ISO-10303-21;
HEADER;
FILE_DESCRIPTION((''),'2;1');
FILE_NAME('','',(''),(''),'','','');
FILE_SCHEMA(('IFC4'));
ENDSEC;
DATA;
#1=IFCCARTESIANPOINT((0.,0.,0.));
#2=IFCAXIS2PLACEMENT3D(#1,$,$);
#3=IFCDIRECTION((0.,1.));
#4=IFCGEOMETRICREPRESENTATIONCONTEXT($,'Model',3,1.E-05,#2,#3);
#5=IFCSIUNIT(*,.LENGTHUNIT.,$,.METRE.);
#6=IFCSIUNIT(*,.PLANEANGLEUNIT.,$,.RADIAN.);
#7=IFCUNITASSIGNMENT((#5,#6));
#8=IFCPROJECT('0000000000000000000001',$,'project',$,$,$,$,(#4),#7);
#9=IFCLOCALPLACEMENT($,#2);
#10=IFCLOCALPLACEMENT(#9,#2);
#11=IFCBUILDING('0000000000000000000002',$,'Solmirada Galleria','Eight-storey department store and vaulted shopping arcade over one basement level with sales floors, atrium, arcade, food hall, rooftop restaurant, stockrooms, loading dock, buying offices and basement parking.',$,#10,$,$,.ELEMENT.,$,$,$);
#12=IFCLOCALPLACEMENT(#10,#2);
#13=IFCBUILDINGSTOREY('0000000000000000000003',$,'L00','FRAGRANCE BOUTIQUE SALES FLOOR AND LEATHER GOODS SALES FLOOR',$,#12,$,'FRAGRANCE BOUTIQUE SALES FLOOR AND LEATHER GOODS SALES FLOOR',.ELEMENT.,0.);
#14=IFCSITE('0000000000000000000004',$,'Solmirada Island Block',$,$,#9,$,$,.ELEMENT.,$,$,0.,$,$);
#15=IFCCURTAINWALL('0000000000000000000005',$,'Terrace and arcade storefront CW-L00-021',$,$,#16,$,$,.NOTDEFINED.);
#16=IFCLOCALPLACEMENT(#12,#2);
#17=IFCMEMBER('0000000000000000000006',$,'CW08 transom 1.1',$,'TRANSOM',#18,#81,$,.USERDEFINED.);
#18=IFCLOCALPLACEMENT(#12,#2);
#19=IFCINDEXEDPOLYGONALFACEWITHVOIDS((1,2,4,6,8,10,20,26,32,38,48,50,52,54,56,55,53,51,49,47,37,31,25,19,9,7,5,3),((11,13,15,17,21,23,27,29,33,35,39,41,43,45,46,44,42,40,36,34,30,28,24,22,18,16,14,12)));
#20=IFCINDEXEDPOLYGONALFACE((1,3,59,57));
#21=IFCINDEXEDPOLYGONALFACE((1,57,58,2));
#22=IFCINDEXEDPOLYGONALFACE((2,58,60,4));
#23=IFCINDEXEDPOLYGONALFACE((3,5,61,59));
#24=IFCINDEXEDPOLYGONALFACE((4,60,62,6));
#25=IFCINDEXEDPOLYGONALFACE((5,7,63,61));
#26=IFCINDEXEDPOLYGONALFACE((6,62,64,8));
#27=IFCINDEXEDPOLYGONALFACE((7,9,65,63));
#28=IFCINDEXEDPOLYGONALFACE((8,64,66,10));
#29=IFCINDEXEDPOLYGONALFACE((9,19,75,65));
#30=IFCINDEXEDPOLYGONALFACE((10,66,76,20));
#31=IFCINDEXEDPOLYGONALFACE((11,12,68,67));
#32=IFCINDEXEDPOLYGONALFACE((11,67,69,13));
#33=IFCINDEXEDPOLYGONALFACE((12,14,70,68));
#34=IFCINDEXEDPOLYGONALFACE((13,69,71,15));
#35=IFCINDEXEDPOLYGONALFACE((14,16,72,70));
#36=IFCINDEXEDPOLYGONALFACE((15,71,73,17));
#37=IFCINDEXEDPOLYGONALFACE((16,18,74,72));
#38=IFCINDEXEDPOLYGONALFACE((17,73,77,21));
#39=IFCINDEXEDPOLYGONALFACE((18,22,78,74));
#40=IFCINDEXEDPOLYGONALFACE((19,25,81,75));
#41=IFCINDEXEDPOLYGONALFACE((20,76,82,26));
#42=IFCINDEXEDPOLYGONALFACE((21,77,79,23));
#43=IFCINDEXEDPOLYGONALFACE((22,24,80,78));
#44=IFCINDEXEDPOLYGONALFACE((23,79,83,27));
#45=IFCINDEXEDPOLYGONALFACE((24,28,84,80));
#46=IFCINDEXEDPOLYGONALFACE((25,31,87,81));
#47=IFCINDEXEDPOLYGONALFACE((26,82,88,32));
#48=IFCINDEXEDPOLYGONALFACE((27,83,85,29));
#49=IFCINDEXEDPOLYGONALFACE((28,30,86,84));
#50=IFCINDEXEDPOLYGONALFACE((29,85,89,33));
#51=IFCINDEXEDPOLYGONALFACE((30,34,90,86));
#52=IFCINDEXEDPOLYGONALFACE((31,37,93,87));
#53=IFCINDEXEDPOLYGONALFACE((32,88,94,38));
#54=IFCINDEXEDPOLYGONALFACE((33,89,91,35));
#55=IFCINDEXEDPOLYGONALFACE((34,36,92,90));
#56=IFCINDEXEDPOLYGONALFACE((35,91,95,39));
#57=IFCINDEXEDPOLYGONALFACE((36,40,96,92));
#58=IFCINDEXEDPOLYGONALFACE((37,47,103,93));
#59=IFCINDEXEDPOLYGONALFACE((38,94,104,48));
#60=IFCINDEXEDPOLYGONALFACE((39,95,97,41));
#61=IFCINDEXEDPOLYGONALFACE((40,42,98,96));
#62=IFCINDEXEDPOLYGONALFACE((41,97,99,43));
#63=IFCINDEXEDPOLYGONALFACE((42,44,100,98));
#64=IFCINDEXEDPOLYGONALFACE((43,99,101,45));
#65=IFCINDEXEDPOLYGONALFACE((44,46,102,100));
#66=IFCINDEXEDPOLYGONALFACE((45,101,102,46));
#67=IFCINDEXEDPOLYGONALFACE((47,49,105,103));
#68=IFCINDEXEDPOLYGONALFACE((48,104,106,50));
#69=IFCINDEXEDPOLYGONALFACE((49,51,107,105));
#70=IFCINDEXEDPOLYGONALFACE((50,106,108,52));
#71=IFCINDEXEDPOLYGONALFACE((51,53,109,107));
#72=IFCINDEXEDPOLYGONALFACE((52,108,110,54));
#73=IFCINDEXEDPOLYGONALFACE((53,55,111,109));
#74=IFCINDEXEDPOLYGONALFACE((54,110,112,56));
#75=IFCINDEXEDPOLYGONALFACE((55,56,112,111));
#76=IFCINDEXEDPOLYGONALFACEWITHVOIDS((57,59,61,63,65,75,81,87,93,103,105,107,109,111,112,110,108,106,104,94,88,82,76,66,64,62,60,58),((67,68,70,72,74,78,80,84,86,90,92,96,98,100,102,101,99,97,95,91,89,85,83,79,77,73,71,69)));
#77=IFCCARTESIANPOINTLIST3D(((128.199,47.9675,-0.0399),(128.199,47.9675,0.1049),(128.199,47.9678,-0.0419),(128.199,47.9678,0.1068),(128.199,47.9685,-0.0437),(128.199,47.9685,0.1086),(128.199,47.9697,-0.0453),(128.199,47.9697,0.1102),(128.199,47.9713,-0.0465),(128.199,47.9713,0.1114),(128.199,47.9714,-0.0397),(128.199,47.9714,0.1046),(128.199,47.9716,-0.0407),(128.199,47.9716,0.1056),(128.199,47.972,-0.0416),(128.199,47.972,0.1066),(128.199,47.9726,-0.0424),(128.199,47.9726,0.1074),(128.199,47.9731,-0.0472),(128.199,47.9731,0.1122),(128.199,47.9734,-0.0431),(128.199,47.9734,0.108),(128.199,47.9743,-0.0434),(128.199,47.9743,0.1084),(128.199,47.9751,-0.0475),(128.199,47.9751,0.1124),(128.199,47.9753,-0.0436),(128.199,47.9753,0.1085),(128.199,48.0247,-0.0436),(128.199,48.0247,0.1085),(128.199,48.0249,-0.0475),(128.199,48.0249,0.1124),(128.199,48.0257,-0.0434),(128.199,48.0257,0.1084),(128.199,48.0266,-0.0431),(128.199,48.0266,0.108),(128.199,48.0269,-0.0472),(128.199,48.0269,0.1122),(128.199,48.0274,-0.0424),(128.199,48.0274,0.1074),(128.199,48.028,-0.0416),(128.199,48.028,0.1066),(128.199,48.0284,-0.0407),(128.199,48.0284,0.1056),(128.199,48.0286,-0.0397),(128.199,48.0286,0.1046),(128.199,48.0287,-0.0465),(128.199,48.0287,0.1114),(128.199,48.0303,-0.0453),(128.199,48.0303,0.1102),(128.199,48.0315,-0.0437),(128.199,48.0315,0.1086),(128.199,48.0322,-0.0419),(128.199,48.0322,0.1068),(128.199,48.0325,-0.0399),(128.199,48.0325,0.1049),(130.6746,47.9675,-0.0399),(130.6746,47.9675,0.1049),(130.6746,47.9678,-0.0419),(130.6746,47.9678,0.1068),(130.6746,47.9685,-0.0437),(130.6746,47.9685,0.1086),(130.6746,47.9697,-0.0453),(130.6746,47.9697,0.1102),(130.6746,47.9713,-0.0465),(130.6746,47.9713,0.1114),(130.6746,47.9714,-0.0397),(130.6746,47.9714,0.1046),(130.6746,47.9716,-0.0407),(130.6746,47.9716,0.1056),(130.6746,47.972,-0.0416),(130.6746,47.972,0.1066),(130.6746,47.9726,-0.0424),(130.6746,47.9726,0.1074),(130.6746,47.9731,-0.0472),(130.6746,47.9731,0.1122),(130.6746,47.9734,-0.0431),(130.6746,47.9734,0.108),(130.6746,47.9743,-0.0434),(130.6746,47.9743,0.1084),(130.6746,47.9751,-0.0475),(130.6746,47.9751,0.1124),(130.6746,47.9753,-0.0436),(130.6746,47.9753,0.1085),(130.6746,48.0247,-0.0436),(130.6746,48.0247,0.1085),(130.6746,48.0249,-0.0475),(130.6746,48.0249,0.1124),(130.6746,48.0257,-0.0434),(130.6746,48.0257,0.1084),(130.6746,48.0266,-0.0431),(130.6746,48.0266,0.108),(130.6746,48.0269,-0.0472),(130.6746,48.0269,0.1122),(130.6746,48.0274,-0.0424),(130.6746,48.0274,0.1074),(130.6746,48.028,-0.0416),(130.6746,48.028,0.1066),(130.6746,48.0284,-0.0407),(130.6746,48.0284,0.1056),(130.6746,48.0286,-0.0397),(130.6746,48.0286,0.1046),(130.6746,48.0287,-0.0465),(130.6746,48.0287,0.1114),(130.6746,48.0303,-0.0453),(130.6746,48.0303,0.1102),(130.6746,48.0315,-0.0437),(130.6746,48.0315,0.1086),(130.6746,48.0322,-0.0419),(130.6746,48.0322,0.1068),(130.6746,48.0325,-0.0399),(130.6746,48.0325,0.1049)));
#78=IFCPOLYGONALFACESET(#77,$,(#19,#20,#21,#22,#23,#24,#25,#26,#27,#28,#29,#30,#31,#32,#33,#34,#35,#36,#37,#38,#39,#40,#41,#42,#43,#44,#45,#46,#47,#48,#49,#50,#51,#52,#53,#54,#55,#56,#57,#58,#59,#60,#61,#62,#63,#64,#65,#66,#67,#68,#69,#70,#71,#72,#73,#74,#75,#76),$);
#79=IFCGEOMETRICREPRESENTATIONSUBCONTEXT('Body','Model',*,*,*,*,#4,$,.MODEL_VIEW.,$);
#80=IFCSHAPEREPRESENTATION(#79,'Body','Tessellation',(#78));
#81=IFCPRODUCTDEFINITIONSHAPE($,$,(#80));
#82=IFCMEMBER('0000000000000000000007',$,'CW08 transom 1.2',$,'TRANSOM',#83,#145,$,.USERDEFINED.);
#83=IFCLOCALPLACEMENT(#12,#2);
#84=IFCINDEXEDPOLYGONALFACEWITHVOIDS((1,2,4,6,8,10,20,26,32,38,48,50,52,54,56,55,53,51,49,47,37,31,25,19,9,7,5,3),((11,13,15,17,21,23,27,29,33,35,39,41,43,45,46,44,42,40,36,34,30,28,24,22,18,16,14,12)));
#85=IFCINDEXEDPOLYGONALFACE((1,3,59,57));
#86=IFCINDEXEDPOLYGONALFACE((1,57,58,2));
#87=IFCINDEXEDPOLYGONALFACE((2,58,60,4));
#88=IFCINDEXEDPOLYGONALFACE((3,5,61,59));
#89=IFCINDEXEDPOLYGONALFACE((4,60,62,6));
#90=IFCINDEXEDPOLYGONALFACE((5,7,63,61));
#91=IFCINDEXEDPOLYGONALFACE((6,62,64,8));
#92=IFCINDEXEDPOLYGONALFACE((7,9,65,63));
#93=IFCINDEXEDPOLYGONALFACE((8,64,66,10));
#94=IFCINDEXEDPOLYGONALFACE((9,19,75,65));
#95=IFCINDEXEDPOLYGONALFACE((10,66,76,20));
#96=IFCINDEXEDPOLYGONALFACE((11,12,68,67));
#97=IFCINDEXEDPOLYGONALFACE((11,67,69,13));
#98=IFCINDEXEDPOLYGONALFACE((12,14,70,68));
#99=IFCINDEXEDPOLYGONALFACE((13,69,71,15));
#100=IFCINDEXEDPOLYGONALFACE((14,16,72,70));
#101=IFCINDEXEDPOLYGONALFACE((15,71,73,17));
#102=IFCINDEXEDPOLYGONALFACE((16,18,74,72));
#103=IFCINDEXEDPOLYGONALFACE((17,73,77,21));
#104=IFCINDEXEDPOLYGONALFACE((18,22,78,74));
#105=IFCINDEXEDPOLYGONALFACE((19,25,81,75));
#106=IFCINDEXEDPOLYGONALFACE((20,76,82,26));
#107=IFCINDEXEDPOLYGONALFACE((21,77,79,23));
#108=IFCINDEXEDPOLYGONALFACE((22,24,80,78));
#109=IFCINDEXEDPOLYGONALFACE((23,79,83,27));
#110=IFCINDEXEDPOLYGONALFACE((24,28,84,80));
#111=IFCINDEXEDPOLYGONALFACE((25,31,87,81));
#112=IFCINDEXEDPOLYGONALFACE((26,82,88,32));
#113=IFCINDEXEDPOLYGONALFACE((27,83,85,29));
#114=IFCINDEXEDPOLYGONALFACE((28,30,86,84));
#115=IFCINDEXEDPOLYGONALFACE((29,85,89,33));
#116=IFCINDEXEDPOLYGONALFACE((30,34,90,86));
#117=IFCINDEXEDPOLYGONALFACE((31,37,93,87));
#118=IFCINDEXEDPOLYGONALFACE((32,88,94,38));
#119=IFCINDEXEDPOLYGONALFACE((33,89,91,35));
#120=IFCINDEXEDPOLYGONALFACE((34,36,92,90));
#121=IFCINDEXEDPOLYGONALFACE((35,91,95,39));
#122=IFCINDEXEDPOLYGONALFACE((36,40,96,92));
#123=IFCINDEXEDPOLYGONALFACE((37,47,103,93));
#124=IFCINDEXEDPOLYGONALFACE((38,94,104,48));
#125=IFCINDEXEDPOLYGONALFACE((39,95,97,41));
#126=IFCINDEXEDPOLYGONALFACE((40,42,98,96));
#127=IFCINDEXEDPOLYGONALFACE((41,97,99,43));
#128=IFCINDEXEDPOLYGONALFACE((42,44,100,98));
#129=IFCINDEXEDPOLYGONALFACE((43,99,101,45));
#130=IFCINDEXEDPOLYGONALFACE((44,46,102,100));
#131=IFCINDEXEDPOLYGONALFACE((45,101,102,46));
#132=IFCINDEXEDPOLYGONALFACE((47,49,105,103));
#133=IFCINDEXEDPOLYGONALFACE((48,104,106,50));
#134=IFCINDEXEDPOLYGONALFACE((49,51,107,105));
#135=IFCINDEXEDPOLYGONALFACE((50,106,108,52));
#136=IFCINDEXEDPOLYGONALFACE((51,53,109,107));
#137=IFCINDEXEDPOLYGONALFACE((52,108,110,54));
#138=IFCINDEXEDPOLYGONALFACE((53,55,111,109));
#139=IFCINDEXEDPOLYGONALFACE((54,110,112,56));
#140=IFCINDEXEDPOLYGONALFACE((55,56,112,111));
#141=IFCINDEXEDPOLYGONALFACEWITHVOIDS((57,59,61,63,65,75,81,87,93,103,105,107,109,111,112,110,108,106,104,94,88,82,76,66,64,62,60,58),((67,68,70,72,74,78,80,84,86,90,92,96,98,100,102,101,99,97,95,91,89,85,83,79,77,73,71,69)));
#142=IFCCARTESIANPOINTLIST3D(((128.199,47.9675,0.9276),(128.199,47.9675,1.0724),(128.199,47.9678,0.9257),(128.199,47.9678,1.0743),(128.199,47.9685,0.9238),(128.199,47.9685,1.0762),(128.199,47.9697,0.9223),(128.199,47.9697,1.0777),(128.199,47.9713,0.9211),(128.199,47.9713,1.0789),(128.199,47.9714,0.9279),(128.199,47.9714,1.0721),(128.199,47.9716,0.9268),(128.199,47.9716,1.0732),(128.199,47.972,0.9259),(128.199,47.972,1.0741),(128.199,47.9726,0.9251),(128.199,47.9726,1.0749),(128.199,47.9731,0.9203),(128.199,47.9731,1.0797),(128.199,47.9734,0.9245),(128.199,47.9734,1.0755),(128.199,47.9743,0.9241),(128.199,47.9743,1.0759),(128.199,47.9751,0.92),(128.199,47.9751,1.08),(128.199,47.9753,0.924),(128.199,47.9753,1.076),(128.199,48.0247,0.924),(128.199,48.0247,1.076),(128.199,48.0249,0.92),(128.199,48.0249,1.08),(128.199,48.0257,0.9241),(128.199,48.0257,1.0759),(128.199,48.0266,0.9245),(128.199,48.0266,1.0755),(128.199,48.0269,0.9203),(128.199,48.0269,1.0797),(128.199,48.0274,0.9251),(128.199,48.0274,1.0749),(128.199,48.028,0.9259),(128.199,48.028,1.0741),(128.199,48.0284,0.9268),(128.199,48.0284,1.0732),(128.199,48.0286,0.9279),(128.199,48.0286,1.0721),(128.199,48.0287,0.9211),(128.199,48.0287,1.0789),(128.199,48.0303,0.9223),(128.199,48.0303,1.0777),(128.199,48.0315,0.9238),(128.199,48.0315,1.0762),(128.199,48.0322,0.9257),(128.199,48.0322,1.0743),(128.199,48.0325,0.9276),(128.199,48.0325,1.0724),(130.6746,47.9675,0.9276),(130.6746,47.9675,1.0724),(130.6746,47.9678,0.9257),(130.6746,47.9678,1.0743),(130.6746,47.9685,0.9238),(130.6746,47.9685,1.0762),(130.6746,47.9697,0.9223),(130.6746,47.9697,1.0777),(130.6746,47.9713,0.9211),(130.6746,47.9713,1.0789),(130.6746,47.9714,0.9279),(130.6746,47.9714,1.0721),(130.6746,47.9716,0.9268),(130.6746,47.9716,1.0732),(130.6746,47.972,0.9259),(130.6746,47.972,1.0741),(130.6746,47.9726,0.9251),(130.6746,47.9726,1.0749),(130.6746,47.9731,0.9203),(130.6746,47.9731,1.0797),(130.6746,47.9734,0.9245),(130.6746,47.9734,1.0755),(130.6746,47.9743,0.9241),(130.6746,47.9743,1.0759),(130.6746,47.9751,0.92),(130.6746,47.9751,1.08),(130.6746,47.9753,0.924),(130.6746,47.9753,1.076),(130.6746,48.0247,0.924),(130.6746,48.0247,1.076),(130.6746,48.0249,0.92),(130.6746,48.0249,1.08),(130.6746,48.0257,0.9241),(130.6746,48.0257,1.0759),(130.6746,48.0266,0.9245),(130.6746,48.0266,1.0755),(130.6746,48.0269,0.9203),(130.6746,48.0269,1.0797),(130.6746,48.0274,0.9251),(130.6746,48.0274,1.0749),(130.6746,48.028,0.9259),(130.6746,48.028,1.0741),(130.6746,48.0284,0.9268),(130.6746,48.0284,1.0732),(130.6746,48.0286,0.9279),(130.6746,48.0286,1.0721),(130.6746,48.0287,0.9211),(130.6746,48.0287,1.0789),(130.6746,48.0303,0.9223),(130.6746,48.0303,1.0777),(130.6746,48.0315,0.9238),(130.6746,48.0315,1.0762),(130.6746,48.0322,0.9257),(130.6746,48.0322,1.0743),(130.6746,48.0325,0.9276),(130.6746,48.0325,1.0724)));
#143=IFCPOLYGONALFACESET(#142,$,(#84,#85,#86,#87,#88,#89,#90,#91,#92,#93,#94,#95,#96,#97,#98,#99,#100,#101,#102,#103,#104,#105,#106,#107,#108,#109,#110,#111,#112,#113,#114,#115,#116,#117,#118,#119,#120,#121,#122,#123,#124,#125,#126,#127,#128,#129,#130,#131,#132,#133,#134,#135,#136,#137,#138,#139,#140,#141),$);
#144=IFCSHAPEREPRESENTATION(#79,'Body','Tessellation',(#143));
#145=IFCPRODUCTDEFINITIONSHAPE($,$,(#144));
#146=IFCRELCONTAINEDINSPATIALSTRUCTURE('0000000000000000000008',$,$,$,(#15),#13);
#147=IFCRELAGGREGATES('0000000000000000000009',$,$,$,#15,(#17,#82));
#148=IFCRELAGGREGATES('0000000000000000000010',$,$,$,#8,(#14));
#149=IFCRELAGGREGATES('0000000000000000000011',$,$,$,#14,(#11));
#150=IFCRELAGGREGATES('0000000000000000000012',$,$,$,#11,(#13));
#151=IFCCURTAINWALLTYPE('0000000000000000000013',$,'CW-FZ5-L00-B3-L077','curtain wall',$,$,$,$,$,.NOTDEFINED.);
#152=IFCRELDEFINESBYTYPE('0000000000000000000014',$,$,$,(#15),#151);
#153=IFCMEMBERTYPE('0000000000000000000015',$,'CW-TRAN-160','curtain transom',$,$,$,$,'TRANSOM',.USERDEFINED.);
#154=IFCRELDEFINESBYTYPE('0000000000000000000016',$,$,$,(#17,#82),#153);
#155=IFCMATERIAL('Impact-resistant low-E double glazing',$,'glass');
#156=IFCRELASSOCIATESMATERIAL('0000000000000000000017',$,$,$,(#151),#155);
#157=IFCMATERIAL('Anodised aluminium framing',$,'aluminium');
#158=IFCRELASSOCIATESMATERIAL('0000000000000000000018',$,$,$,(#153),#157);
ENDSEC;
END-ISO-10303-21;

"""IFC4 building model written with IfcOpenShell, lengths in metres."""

from ifc_helpers import new_model, si_unit, direction, frame, origin, origin_2d, place, context, subcontext, project, spatial, hollow_rectangle, extrude, material, material_profile, profile_set, type_object, element, aggregate, save


model = new_model("IFC4")

# Units and contexts
model_context = context("Model", 3, precision=1e-05, world=origin(), true_north=direction((0.0, 1.0)))
body_context = subcontext(model_context, "Body", "Model", "MODEL_VIEW")
ifc_project = project(units=[si_unit("LENGTHUNIT", "METRE"), si_unit("PLANEANGLEUNIT", "RADIAN")], contexts=[model_context])

# Site, building, storey
site_placement = place(None, origin())
site = spatial("IfcSite", under=ifc_project, at=site_placement, Name="Solmirada Island Block", CompositionType="ELEMENT", RefElevation=0.0)
building_placement = place(site_placement, origin())
building = spatial("IfcBuilding", under=site, at=building_placement, Name="Solmirada Galleria", Description="Eight-storey department store and vaulted shopping arcade over one basement level with sales floors, atrium, arcade, food hall, rooftop restaurant, stockrooms, loading dock, buying offices and basement parking.", CompositionType="ELEMENT")
storey_placement = place(building_placement, origin())
storey = spatial("IfcBuildingStorey", under=building, at=storey_placement, Name="L00", Description="FRAGRANCE BOUTIQUE SALES FLOOR AND LEATHER GOODS SALES FLOOR", LongName="FRAGRANCE BOUTIQUE SALES FLOOR AND LEATHER GOODS SALES FLOOR", CompositionType="ELEMENT", Elevation=0.0)

# Curtain wall
ifc_material_1 = material(Name="Impact-resistant low-E double glazing", Category="glass")
curtain_wall_type = type_object("IfcCurtainWallType", Name="CW-FZ5-L00-B3-L077", Description="curtain wall", PredefinedType="NOTDEFINED", material=ifc_material_1)
curtain_wall_1_placement = place(storey_placement, origin())
curtain_wall_1 = element("IfcCurtainWall", 1, at=curtain_wall_1_placement, inside=storey, type_object=curtain_wall_type, Name="Terrace and arcade storefront CW-L00-021", PredefinedType="NOTDEFINED")
ifc_material_2 = material(Name="Anodised aluminium framing", Category="aluminium")

# Members
ifc_material_profile_1 = material_profile(ifc_material_2, hollow_rectangle(XDim=0.0649, YDim=0.1599, WallThickness=0.0039, InnerFilletRadius=0.0039, OuterFilletRadius=0.0076, at=origin_2d()), Name="ALU-TRAN-160X65")
ifc_profile_set_1 = profile_set([ifc_material_profile_1], Name="Anodised aluminium framing")
member_type_1 = type_object("IfcMemberType", Name="CW-TRAN-160", Description="curtain transom", ElementType="TRANSOM", PredefinedType="USERDEFINED", material=ifc_profile_set_1)
member_1_placement = place(storey_placement, frame((128.199, 48.0, 0.0325), z_axis=(1.0, 0.0, 0.0), x_axis=(0.0, 1.0, 0.0)))
member_1 = element("IfcMember", 2, at=member_1_placement, type_object=member_type_1, Name="CW08 transom 1.1", ObjectType="TRANSOM", PredefinedType="USERDEFINED", context=body_context, shape_type="SweptSolid", body=[
    extrude(hollow_rectangle(XDim=0.0649, YDim=0.1599, WallThickness=0.0039, InnerFilletRadius=0.0039, OuterFilletRadius=0.0076, at=origin_2d()), origin(), (0.0, 0.0, 1.0), 2.4756),
])
member_2_placement = place(storey_placement, frame((128.199, 48.0, 1.0), z_axis=(1.0, 0.0, 0.0), x_axis=(0.0, 1.0, 0.0)))
member_2 = element("IfcMember", 3, at=member_2_placement, type_object=member_type_1, Name="CW08 transom 1.2", ObjectType="TRANSOM", PredefinedType="USERDEFINED", context=body_context, shape_type="SweptSolid", body=[
    extrude(hollow_rectangle(XDim=0.0649, YDim=0.1599, WallThickness=0.0039, InnerFilletRadius=0.0039, OuterFilletRadius=0.0076, at=origin_2d()), origin(), (0.0, 0.0, 1.0), 2.4756),
])

aggregate(curtain_wall_1, [member_1, member_2])

save(model, "model.ifc")
